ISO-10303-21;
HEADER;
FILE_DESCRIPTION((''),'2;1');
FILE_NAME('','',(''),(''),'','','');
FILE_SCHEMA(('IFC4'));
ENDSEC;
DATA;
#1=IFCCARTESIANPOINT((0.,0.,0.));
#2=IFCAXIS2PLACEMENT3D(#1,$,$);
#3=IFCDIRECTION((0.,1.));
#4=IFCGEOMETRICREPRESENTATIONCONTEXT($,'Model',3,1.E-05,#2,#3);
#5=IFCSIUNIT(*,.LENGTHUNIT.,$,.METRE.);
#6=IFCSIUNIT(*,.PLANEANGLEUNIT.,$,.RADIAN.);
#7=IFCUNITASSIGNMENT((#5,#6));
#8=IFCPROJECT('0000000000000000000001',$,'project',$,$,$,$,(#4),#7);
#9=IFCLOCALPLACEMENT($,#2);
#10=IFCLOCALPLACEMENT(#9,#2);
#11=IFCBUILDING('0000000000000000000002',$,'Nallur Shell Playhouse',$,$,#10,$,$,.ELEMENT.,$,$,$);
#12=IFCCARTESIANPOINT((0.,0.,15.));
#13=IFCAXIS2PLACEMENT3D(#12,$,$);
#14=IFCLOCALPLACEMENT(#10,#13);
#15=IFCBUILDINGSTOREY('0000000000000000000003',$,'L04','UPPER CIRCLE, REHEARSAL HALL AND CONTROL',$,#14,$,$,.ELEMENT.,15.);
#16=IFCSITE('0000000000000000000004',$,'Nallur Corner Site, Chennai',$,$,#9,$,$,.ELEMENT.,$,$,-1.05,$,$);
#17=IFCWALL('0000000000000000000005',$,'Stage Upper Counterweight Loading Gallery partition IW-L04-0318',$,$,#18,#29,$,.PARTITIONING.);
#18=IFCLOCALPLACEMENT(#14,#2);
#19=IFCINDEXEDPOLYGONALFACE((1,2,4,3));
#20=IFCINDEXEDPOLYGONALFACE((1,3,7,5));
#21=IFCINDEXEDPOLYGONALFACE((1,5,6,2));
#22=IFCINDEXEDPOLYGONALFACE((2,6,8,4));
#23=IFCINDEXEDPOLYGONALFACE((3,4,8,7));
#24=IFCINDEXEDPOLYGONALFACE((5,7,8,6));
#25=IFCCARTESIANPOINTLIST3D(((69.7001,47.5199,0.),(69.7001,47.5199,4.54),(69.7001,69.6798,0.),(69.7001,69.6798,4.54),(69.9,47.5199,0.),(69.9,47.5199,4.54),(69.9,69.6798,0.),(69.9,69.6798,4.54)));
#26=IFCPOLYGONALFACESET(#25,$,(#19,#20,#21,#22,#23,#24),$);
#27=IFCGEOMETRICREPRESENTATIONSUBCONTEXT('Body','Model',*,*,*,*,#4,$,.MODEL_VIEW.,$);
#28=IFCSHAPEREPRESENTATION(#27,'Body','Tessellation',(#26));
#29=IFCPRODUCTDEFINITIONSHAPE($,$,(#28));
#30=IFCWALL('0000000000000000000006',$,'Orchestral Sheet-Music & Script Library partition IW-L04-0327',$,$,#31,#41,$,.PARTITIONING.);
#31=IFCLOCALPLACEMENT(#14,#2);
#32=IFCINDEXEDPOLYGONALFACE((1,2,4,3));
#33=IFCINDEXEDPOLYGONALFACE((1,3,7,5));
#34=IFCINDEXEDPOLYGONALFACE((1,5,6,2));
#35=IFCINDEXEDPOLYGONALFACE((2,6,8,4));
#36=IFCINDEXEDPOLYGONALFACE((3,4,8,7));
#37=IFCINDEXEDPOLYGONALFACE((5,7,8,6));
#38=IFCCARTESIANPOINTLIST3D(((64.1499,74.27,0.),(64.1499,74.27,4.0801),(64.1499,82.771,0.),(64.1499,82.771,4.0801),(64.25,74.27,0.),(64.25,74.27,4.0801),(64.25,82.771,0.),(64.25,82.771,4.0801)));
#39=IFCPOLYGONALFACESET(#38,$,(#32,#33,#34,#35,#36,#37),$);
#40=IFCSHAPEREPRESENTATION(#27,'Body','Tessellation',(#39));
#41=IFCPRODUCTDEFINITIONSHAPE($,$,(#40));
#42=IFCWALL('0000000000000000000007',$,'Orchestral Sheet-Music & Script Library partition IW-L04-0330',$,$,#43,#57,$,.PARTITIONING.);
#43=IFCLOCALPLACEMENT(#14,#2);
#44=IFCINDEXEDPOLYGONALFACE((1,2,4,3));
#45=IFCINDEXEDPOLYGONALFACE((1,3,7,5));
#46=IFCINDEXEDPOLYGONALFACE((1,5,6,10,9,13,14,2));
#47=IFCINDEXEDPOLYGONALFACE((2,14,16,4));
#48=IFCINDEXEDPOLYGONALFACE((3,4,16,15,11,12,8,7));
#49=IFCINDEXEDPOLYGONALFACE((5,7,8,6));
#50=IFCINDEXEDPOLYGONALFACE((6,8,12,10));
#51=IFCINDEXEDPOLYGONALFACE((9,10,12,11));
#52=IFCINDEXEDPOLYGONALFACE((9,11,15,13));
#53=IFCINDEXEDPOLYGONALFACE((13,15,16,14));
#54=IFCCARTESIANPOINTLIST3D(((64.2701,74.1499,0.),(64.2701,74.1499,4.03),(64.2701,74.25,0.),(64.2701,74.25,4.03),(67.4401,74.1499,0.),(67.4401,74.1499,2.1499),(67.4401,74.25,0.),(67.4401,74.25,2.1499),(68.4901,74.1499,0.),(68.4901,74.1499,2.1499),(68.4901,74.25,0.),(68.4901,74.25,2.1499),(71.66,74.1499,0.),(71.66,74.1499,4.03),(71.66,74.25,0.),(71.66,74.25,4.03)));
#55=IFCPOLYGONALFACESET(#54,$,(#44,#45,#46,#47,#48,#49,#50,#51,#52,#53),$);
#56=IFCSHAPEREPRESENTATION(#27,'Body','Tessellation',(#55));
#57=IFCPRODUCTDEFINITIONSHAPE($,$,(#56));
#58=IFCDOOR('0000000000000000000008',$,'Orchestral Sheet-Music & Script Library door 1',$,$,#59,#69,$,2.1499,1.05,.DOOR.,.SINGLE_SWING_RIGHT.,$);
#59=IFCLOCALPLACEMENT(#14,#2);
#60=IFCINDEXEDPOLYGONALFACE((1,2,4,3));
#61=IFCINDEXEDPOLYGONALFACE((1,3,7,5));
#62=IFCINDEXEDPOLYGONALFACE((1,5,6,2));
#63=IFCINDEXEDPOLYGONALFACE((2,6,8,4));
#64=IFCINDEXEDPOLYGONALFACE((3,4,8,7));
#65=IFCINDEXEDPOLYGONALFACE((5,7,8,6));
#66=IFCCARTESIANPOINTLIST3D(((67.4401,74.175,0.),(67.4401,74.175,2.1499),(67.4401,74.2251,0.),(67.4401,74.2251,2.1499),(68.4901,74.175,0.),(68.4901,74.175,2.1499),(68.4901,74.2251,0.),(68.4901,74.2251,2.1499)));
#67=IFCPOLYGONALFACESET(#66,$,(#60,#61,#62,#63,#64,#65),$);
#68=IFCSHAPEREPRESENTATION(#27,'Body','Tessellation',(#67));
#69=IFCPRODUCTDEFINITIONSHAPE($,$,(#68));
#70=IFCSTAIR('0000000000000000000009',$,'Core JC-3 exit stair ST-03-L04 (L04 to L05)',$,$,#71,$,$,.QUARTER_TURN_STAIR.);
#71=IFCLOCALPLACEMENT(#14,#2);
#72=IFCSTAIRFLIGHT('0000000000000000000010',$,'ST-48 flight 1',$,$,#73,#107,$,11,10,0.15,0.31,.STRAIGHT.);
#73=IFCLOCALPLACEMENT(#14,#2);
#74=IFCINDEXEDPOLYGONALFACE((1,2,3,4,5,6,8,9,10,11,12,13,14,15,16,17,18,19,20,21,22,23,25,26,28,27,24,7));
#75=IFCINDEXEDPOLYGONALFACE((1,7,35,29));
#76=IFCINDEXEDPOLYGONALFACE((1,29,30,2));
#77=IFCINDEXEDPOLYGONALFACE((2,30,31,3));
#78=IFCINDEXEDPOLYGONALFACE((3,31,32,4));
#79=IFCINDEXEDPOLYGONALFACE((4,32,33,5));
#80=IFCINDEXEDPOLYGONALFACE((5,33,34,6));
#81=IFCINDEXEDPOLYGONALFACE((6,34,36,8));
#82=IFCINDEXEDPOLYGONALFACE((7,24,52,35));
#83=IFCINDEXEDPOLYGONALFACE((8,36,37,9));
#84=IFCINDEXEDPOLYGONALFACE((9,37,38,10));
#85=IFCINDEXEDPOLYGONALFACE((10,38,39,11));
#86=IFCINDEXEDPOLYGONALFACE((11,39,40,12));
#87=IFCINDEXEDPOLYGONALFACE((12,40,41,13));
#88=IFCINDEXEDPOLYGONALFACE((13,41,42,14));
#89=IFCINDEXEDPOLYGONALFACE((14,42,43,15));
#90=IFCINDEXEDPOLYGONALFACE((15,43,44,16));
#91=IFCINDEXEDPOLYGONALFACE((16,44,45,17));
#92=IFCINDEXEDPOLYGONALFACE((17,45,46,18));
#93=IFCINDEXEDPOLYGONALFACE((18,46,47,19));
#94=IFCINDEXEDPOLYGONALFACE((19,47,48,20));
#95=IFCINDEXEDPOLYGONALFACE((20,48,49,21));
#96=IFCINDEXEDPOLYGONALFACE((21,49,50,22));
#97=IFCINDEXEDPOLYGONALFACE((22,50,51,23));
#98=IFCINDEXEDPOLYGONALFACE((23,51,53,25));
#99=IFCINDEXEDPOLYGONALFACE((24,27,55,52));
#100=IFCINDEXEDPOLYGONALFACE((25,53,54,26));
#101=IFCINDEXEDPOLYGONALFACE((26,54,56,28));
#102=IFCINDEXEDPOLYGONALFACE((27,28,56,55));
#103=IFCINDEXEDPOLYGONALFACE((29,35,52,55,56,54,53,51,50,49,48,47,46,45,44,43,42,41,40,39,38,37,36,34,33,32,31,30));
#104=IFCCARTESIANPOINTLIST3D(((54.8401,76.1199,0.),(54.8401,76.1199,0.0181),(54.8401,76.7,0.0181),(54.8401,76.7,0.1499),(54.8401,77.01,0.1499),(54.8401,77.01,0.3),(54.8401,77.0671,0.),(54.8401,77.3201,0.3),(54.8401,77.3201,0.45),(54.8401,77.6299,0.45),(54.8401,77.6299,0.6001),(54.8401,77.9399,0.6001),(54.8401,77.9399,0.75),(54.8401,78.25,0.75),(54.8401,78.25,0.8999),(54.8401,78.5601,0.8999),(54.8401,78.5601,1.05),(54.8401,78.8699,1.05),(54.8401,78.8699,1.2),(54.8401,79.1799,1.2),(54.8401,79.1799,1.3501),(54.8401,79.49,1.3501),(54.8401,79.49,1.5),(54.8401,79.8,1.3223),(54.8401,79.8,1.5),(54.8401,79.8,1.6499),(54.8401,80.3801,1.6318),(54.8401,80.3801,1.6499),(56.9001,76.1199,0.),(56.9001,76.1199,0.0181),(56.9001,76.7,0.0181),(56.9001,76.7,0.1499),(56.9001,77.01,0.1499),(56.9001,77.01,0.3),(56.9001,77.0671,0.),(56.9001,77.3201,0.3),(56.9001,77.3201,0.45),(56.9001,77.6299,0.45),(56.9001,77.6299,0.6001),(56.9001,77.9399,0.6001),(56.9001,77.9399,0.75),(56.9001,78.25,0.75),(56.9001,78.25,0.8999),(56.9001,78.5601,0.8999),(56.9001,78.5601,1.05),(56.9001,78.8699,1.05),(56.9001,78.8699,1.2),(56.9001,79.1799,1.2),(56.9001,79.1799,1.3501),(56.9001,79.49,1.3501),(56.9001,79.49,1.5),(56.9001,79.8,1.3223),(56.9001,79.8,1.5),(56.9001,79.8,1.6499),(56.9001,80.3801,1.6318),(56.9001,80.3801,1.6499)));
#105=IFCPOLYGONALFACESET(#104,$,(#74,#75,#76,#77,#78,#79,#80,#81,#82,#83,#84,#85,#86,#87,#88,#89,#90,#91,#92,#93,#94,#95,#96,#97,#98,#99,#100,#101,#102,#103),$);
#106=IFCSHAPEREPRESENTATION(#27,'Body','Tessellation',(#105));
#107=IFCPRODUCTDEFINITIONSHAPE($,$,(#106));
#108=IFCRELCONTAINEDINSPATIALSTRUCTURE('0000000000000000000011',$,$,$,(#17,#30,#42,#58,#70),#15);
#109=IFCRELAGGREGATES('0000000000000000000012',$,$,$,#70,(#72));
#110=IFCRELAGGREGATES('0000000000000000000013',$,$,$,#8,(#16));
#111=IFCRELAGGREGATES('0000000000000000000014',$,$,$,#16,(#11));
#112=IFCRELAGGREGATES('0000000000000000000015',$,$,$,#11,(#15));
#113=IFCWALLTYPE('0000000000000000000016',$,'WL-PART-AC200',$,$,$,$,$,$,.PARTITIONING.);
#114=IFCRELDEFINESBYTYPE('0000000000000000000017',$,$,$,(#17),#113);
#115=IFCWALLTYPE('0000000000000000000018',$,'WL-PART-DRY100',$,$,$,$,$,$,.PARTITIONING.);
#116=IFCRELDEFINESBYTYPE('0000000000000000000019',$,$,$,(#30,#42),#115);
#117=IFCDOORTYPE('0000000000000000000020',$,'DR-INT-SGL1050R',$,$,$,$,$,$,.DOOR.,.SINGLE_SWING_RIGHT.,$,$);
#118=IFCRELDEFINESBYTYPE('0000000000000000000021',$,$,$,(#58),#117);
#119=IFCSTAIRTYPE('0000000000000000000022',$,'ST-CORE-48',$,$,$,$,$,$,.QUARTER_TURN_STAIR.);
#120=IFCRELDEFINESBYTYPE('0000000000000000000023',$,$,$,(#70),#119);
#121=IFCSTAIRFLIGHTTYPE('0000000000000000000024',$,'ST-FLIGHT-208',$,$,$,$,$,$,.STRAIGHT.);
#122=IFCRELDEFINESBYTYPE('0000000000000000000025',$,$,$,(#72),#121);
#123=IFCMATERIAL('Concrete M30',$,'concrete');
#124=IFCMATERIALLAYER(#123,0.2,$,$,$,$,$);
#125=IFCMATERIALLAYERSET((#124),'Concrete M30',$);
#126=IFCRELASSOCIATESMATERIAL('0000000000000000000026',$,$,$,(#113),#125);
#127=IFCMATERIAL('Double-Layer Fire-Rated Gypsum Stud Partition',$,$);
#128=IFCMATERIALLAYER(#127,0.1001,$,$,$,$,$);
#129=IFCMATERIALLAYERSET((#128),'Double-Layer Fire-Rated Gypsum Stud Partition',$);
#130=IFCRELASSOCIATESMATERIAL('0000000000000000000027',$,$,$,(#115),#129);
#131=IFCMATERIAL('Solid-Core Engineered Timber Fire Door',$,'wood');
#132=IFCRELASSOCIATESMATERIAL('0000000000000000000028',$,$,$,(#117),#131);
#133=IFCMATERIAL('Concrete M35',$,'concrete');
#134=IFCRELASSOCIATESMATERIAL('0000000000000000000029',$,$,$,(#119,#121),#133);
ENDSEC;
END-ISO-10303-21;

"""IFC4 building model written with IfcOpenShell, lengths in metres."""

from ifc_helpers import new_model, si_unit, direction, frame, frame_2d, origin, place, context, subcontext, project, spatial, polyline, rectangle, outline, extrude, material, layer, layer_set, type_object, element, fill, aggregate, save


model = new_model("IFC4")

# Units and contexts
model_context = context("Model", 3, precision=1e-05, world=origin(), true_north=direction((0.0, 1.0)))
body_context = subcontext(model_context, "Body", "Model", "MODEL_VIEW")
ifc_project = project(units=[si_unit("LENGTHUNIT", "METRE"), si_unit("PLANEANGLEUNIT", "RADIAN")], contexts=[model_context])

# Site, building, storey
site_placement = place(None, origin())
site = spatial("IfcSite", under=ifc_project, at=site_placement, Name="Nallur Corner Site, Chennai", CompositionType="ELEMENT", RefElevation=-1.05)
building_placement = place(site_placement, origin())
building = spatial("IfcBuilding", under=site, at=building_placement, Name="Nallur Shell Playhouse", CompositionType="ELEMENT")
storey_placement = place(building_placement, frame((0.0, 0.0, 15.0)))
storey = spatial("IfcBuildingStorey", under=building, at=storey_placement, Name="L04", Description="UPPER CIRCLE, REHEARSAL HALL AND CONTROL", CompositionType="ELEMENT", Elevation=15.0)

# Wall
ifc_material_1 = material(Name="Concrete M30", Category="concrete")
ifc_layer_1 = layer(ifc_material_1, 0.2)
ifc_layer_set_1 = layer_set([ifc_layer_1], Name="Concrete M30")
wall_type_1 = type_object("IfcWallType", Name="WL-PART-AC200", PredefinedType="PARTITIONING", material=ifc_layer_set_1)
wall_1_placement = place(storey_placement, frame((69.8, 69.6799, 0.0), z_axis=(0.0, 0.0, 1.0), x_axis=(0.0, -1.0, 0.0)))
element("IfcWall", 1, at=wall_1_placement, inside=storey, type_object=wall_type_1, Name="Stage Upper Counterweight Loading Gallery partition IW-L04-0318", PredefinedType="PARTITIONING", context=body_context, shape_type="SweptSolid", body=[
    extrude(rectangle(XDim=22.1599, YDim=0.2, at=frame_2d((11.0801, 0.0))), origin(), (0.0, 0.0, 1.0), 4.54),
])

# Wall
ifc_material_2 = material(Name="Double-Layer Fire-Rated Gypsum Stud Partition")
ifc_layer_2 = layer(ifc_material_2, 0.1001)
ifc_layer_set_2 = layer_set([ifc_layer_2], Name="Double-Layer Fire-Rated Gypsum Stud Partition")
wall_type_2 = type_object("IfcWallType", Name="WL-PART-DRY100", PredefinedType="PARTITIONING", material=ifc_layer_set_2)
wall_2_placement = place(storey_placement, frame((64.2, 74.27, 0.0), z_axis=(0.0, 0.0, 1.0), x_axis=(0.0, 1.0, 0.0)))
element("IfcWall", 2, at=wall_2_placement, inside=storey, type_object=wall_type_2, Name="Orchestral Sheet-Music & Script Library partition IW-L04-0327", PredefinedType="PARTITIONING", context=body_context, shape_type="SweptSolid", body=[
    extrude(rectangle(XDim=8.501, YDim=0.1001, at=frame_2d((4.2505, 0.0))), origin(), (0.0, 0.0, 1.0), 4.0801),
])

# Wall, opening, door
wall_3_placement = place(storey_placement, frame((71.6599, 74.2, 0.0), z_axis=(0.0, 0.0, 1.0), x_axis=(-1.0, 0.0, 0.0)))
wall_3 = element("IfcWall", 3, at=wall_3_placement, inside=storey, type_object=wall_type_2, Name="Orchestral Sheet-Music & Script Library partition IW-L04-0330", PredefinedType="PARTITIONING", context=body_context, shape_type="SweptSolid", body=[
    extrude(rectangle(XDim=7.3899, YDim=0.1001, at=frame_2d((3.6948, 0.0))), origin(), (0.0, 0.0, 1.0), 4.03),
])
opening_1_placement = place(wall_3_placement, frame((3.1699, 0.0, 0.0)))
opening_1 = element("IfcOpeningElement", 4, at=opening_1_placement, cuts=wall_3, PredefinedType="OPENING", context=body_context, shape_type="SweptSolid", body=[
    extrude(rectangle(XDim=1.05, YDim=2.1499, at=frame_2d((0.5249, 1.075))), frame((0.0, 0.0601, 0.0), z_axis=(0.0, -1.0, 0.0), x_axis=(1.0, 0.0, 0.0)), (0.0, 0.0, 1.0), 0.1201),
])
ifc_material_3 = material(Name="Solid-Core Engineered Timber Fire Door", Category="wood")
door_type_1 = type_object("IfcDoorType", Name="DR-INT-SGL1050R", OperationType="SINGLE_SWING_RIGHT", PredefinedType="DOOR", material=ifc_material_3)
door_1_placement = place(opening_1_placement, origin())
door_1 = element("IfcDoor", 5, at=door_1_placement, inside=storey, type_object=door_type_1, Name="Orchestral Sheet-Music & Script Library door 1", OperationType="SINGLE_SWING_RIGHT", OverallHeight=2.1499, OverallWidth=1.05, PredefinedType="DOOR", context=body_context, shape_type="SweptSolid", body=[
    extrude(rectangle(XDim=1.05, YDim=2.1499, at=frame_2d((0.5249, 1.075))), frame((0.0, 0.0249, 0.0), z_axis=(0.0, -1.0, 0.0), x_axis=(1.0, 0.0, 0.0)), (0.0, 0.0, 1.0), 0.05),
])
fill(opening_1, door_1)

# Stair, stair flight
ifc_material_4 = material(Name="Concrete M35", Category="concrete")
stair_type = type_object("IfcStairType", Name="ST-CORE-48", PredefinedType="QUARTER_TURN_STAIR", material=ifc_material_4)
stair_placement = place(storey_placement, origin())
stair = element("IfcStair", 6, at=stair_placement, inside=storey, type_object=stair_type, Name="Core JC-3 exit stair ST-03-L04 (L04 to L05)", PredefinedType="QUARTER_TURN_STAIR")
stair_flight_type = type_object("IfcStairFlightType", Name="ST-FLIGHT-208", PredefinedType="STRAIGHT", material=ifc_material_4)
stair_flight_placement = place(storey_placement, frame((55.8701, 76.7, 0.0), z_axis=(0.0, 0.0, 1.0), x_axis=(0.0, 1.0, 0.0)))
stair_flight = element("IfcStairFlight", 7, at=stair_flight_placement, type_object=stair_flight_type, Name="ST-48 flight 1", NumberOfRisers=11, NumberOfTreads=10, PredefinedType="STRAIGHT", RiserHeight=0.15, TreadLength=0.31, context=body_context, shape_type="SweptSolid", body=[
    extrude(outline(polyline([(-0.5801, 0.0), (-0.5801, 0.0181), (0.0, 0.0181), (0.0, 0.1499), (0.3101, 0.1499), (0.3101, 0.3), (0.6201, 0.3), (0.6201, 0.45), (0.9299, 0.45), (0.9299, 0.6001), (1.24, 0.6001), (1.24, 0.75), (1.55, 0.75), (1.55, 0.8999), (1.8601, 0.8999), (1.8601, 1.05), (2.1699, 1.05), (2.1699, 1.2), (2.48, 1.2), (2.48, 1.3501), (2.79, 1.3501), (2.79, 1.5), (3.1001, 1.5), (3.1001, 1.6499), (3.6802, 1.6499), (3.6802, 1.6318), (3.1001, 1.3223), (0.3672, 0.0), (-0.5801, 0.0)])), frame((0.0, 1.03, 0.0), z_axis=(0.0, -1.0, 0.0), x_axis=(1.0, 0.0, 0.0)), (0.0, 0.0, 1.0), 2.0601),
])
aggregate(stair, [stair_flight])

save(model, "model.ifc")
